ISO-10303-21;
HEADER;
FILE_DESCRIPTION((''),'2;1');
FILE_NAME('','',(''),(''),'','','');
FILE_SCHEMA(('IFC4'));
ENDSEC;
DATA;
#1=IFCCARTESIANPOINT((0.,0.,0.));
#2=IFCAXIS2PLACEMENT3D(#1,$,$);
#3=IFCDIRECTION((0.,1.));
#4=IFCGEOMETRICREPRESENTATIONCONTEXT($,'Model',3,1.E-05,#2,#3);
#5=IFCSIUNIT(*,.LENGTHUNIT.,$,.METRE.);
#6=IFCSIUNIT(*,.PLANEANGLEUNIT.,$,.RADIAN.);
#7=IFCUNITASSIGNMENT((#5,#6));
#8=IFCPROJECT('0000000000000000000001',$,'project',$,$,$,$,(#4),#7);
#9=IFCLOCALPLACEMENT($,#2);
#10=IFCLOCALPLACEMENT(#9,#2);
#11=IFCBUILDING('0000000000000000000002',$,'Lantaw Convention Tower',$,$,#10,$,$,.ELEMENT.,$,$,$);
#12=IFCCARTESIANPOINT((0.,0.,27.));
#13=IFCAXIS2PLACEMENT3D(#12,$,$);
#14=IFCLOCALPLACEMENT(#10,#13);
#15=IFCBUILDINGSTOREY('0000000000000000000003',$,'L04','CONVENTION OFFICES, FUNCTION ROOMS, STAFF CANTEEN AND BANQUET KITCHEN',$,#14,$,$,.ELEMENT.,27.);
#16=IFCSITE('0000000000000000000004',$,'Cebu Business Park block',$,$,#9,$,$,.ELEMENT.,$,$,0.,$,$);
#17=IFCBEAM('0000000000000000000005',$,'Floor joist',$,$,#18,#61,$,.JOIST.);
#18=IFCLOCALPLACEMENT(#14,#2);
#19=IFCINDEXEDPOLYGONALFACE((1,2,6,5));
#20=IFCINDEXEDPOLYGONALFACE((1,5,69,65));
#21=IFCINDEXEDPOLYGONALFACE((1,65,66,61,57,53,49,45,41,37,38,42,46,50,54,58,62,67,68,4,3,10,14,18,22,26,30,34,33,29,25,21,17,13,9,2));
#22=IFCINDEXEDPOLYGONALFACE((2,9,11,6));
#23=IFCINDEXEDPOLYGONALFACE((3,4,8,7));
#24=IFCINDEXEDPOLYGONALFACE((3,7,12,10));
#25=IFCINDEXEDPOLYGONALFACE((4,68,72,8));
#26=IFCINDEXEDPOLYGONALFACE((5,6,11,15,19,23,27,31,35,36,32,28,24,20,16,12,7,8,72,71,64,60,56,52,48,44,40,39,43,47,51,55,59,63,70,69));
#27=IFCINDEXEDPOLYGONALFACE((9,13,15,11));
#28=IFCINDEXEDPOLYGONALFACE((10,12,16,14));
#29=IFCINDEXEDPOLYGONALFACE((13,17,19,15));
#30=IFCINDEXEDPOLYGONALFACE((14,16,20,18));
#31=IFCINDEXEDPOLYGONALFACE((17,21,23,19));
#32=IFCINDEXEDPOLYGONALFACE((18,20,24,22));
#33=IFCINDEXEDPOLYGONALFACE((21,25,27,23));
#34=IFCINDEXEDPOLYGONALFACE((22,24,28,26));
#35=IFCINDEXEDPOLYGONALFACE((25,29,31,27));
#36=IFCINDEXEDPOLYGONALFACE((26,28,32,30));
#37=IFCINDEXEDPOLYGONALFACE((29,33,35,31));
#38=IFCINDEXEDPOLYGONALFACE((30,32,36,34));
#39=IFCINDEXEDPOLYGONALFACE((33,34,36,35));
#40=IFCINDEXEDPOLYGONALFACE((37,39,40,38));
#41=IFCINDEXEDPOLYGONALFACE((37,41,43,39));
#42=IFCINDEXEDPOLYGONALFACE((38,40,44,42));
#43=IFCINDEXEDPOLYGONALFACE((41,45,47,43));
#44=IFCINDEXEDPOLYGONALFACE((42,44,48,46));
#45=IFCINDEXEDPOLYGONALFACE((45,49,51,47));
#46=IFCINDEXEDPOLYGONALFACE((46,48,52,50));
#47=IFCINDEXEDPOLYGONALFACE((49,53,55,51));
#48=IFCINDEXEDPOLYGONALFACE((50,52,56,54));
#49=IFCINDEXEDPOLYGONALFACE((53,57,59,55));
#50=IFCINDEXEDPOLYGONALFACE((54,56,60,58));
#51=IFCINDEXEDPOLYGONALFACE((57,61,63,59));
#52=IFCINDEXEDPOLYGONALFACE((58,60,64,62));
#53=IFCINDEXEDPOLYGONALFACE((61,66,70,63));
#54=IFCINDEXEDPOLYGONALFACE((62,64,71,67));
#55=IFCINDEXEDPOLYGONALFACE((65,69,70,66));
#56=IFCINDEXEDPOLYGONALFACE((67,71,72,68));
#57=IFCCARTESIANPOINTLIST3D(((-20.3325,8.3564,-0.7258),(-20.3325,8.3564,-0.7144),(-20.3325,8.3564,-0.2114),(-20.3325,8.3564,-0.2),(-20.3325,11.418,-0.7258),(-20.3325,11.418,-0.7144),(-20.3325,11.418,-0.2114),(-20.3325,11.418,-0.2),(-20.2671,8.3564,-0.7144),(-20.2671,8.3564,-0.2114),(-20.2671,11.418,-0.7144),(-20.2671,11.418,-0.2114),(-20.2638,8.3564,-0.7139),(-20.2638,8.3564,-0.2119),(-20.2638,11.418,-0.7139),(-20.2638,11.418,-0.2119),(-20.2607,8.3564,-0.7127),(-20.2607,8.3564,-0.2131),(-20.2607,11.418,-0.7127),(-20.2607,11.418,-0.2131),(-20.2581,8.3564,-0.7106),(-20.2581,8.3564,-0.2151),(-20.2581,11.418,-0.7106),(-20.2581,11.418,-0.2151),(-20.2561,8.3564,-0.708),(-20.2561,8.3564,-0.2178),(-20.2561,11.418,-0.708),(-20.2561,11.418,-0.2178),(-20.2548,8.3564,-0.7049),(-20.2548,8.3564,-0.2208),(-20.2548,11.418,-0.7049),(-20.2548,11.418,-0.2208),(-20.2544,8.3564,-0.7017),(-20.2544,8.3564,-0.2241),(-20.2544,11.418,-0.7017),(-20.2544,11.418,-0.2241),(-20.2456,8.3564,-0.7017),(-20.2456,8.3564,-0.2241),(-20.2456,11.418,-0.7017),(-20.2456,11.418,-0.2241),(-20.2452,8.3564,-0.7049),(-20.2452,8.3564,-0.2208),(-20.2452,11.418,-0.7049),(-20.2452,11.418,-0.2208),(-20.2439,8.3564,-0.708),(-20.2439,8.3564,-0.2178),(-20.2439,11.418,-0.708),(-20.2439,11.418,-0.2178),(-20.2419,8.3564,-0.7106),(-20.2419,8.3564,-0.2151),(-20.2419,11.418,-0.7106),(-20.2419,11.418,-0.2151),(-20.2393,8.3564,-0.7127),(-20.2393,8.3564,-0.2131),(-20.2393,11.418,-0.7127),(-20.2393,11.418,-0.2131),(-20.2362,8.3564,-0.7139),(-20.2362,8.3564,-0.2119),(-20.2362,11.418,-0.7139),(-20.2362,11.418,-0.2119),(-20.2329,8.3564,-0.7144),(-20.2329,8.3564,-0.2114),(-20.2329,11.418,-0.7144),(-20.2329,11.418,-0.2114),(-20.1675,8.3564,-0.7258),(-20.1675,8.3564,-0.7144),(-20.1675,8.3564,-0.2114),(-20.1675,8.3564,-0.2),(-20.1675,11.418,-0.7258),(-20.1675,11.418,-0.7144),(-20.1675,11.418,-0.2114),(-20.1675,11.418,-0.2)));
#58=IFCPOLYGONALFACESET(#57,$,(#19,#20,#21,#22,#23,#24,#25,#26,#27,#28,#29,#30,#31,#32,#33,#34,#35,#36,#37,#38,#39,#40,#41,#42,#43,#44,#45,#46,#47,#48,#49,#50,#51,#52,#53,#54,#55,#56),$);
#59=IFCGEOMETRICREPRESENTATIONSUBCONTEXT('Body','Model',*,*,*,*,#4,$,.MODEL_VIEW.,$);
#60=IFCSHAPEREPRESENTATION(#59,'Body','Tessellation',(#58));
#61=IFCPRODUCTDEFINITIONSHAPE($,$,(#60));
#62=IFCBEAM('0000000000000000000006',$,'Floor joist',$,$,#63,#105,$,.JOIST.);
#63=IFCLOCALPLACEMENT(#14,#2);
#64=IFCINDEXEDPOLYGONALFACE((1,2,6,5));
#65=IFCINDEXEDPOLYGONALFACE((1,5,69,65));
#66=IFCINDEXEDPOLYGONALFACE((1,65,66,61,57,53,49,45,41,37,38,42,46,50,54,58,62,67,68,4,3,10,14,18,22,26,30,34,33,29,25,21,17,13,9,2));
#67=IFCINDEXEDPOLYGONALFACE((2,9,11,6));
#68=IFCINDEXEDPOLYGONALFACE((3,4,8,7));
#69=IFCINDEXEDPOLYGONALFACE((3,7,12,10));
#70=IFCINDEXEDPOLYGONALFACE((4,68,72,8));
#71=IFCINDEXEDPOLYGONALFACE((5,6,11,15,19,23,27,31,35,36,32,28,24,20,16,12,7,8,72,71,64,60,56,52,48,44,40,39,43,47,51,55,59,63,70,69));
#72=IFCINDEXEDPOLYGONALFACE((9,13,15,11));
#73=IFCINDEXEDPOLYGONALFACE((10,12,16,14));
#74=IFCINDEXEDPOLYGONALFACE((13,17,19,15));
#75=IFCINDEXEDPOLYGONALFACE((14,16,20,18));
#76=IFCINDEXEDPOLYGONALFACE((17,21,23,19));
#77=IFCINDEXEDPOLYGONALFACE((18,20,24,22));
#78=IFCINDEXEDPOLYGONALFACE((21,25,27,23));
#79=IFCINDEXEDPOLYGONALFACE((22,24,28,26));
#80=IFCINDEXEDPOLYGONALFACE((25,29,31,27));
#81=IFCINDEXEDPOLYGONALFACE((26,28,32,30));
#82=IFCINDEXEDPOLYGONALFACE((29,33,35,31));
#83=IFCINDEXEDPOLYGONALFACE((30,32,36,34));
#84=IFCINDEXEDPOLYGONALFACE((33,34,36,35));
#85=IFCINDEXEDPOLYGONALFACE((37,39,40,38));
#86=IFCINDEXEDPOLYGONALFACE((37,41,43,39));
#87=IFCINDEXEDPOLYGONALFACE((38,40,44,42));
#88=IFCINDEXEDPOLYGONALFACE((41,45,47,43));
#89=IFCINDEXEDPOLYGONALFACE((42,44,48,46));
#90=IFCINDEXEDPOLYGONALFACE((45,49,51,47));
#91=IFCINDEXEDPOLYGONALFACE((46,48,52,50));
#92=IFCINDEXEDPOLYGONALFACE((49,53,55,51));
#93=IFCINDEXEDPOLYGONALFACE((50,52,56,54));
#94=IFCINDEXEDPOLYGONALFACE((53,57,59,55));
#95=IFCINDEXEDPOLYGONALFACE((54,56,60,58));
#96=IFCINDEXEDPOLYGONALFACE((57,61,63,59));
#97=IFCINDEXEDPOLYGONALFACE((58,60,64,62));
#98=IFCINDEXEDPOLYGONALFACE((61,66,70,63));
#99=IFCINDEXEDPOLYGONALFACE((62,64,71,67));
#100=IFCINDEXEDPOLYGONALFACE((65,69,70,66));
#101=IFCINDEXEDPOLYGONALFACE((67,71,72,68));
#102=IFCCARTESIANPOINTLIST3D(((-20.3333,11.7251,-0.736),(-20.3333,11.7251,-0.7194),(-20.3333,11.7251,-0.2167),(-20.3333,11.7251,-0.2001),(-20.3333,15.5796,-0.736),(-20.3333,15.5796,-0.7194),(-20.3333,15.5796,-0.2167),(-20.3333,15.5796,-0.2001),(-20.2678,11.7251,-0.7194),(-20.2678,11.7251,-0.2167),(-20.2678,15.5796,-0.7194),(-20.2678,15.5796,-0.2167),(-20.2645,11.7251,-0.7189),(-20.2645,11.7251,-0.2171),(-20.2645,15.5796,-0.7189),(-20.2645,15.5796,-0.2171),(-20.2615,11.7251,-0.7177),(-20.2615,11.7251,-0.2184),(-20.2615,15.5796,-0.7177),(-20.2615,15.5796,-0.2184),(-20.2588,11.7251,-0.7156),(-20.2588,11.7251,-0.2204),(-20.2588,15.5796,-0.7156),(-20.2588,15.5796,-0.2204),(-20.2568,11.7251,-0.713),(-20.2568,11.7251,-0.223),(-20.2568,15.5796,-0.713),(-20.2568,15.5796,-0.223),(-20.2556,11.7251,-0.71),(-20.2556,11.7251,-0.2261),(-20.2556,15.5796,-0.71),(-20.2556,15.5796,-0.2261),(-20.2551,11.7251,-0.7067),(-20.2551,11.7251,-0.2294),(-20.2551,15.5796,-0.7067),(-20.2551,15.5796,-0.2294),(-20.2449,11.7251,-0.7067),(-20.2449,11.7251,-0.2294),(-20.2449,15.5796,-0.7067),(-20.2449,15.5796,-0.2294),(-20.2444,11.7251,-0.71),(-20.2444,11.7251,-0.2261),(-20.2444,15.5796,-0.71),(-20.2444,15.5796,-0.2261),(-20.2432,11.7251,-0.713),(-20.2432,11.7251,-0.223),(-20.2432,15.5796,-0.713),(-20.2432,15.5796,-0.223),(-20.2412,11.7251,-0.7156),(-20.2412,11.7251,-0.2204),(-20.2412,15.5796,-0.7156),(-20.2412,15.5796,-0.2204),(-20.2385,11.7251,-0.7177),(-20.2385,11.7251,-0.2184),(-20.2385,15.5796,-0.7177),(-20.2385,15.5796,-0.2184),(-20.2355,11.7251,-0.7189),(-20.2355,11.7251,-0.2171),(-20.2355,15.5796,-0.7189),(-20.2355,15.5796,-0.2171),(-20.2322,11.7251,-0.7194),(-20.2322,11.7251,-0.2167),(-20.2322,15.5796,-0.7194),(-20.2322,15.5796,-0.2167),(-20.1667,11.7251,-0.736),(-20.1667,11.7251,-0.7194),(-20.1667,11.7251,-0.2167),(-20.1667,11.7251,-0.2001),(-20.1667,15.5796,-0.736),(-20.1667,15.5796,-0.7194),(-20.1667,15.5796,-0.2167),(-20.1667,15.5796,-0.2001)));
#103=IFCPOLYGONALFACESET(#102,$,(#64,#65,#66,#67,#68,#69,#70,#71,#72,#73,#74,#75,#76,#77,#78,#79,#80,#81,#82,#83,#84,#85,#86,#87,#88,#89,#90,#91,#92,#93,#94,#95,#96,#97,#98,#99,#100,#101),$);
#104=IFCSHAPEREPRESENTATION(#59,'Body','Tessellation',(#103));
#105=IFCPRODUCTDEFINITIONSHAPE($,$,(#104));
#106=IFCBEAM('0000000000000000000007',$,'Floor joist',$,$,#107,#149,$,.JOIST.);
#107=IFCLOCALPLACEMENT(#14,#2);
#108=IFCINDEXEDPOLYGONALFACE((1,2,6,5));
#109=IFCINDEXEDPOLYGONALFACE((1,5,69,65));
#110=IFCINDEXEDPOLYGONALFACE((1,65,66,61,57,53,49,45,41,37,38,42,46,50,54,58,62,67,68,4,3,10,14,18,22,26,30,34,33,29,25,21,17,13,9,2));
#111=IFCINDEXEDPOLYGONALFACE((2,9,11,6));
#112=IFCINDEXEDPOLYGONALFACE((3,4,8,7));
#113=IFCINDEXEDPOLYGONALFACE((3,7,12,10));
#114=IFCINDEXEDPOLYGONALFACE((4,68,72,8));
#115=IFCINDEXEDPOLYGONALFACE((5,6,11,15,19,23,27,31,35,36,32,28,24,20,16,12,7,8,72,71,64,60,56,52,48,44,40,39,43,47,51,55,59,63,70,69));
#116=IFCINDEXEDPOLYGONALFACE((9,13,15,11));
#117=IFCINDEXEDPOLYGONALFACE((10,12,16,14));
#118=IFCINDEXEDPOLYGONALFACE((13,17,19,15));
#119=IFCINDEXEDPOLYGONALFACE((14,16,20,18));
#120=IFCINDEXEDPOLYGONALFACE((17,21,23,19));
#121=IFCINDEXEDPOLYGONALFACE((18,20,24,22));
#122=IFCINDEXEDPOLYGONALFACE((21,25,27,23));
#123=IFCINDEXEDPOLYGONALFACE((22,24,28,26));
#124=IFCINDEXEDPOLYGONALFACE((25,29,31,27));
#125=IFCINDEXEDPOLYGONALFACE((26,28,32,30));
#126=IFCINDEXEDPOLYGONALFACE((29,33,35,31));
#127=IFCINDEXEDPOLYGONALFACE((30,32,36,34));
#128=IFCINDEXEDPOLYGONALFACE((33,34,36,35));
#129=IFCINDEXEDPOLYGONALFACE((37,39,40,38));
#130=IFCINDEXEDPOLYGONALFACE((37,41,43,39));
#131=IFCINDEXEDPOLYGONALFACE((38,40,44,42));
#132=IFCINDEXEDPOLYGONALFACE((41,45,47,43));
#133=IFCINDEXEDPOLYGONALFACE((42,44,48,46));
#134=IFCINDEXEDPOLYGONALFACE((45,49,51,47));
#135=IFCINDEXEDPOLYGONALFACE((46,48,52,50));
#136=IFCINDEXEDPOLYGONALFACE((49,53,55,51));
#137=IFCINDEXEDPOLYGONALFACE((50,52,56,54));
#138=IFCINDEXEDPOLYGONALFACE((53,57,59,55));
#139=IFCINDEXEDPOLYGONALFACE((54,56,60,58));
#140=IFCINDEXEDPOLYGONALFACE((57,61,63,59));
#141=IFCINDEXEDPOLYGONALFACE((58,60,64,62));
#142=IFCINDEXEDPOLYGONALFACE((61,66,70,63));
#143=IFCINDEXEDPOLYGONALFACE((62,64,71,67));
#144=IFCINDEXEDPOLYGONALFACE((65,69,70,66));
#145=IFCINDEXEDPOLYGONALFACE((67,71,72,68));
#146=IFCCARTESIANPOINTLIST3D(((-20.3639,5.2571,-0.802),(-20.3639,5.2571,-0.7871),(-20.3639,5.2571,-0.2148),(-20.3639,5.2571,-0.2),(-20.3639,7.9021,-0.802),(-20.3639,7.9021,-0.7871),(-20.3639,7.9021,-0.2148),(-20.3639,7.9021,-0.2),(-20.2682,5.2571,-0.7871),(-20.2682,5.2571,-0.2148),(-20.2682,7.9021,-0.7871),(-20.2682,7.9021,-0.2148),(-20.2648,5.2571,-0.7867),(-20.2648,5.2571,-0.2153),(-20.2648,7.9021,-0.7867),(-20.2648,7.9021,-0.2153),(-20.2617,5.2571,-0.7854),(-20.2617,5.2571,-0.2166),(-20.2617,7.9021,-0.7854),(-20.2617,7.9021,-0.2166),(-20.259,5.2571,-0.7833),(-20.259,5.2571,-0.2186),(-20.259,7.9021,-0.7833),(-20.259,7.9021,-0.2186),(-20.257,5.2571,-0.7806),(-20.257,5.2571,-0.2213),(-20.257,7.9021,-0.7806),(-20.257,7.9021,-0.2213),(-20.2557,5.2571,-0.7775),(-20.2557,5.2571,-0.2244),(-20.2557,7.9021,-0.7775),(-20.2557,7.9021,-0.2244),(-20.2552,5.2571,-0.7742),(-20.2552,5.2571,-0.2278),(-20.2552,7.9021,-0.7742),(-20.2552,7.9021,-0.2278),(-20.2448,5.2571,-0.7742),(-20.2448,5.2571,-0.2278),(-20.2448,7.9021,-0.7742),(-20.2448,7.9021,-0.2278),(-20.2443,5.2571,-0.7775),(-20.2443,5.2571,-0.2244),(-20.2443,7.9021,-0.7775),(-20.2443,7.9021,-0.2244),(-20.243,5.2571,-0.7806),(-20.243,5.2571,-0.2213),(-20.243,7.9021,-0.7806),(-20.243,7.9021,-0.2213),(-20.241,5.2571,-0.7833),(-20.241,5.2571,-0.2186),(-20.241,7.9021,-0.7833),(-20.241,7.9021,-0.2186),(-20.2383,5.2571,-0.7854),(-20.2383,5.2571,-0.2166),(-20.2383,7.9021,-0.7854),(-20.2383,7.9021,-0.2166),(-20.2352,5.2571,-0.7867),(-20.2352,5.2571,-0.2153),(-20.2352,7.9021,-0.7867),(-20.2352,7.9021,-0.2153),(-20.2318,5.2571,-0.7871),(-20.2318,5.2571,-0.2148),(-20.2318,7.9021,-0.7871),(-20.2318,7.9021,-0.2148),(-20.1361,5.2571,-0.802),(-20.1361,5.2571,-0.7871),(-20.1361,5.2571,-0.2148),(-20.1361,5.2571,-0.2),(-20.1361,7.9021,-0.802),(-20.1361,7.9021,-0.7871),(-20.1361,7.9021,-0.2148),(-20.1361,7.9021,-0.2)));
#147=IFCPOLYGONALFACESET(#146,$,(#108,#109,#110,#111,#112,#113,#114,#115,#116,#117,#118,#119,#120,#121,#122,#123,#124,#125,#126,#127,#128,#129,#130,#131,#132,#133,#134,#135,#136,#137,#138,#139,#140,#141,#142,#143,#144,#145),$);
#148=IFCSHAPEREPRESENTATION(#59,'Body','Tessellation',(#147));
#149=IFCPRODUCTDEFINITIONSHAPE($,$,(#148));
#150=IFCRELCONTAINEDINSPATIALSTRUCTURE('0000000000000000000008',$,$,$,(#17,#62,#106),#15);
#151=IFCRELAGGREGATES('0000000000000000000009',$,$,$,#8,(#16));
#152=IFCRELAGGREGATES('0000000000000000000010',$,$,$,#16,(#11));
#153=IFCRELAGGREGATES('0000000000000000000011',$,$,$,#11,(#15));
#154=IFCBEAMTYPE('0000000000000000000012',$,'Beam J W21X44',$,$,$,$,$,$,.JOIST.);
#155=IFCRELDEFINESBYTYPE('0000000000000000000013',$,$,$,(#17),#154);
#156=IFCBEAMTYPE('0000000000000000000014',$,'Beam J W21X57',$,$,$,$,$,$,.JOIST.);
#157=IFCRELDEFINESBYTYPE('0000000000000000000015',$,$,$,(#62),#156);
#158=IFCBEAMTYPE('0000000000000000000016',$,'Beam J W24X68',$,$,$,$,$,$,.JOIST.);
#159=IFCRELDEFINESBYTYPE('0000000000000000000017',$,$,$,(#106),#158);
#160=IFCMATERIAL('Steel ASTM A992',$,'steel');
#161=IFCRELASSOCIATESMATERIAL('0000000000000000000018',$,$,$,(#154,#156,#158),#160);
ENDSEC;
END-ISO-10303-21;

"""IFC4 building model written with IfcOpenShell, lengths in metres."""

from ifc_helpers import new_model, si_unit, direction, frame, origin, origin_2d, place, context, subcontext, project, spatial, i_section, extrude, material, material_profile, profile_set, type_object, element, save


model = new_model("IFC4")

# Units and contexts
model_context = context("Model", 3, precision=1e-05, world=origin(), true_north=direction((0.0, 1.0)))
body_context = subcontext(model_context, "Body", "Model", "MODEL_VIEW")
ifc_project = project(units=[si_unit("LENGTHUNIT", "METRE"), si_unit("PLANEANGLEUNIT", "RADIAN")], contexts=[model_context])

# Site, building, storey
site_placement = place(None, origin())
site = spatial("IfcSite", under=ifc_project, at=site_placement, Name="Cebu Business Park block", CompositionType="ELEMENT", RefElevation=0.0)
building_placement = place(site_placement, origin())
building = spatial("IfcBuilding", under=site, at=building_placement, Name="Lantaw Convention Tower", CompositionType="ELEMENT")
storey_placement = place(building_placement, frame((0.0, 0.0, 27.0)))
storey = spatial("IfcBuildingStorey", under=building, at=storey_placement, Name="L04", Description="CONVENTION OFFICES, FUNCTION ROOMS, STAFF CANTEEN AND BANQUET KITCHEN", CompositionType="ELEMENT", Elevation=27.0)

# Beams
ifc_material_1 = material(Name="Steel ASTM A992", Category="steel")
ifc_material_profile_1 = material_profile(ifc_material_1, i_section(OverallWidth=0.165, OverallDepth=0.5259, WebThickness=0.0088, FlangeThickness=0.0115, FilletRadius=0.0127, at=origin_2d()), Name="W21X44")
ifc_profile_set_1 = profile_set([ifc_material_profile_1], Name="Steel ASTM A992")
beam_type_1 = type_object("IfcBeamType", Name="Beam J W21X44", PredefinedType="JOIST", material=ifc_profile_set_1)
beam_1_placement = place(storey_placement, frame((-20.25, 8.3564, -0.4629), z_axis=(0.0, 1.0, 0.0), x_axis=(-1.0, 0.0, 0.0)))
element("IfcBeam", 1, at=beam_1_placement, inside=storey, type_object=beam_type_1, Name="Floor joist", PredefinedType="JOIST", context=body_context, shape_type="SweptSolid", body=[
    extrude(i_section(OverallWidth=0.165, OverallDepth=0.5259, WebThickness=0.0088, FlangeThickness=0.0115, FilletRadius=0.0127, at=origin_2d()), origin(), (0.0, 0.0, 1.0), 3.0615),
])
ifc_material_profile_2 = material_profile(ifc_material_1, i_section(OverallWidth=0.1665, OverallDepth=0.5359, WebThickness=0.0103, FlangeThickness=0.0166, FilletRadius=0.0127, at=origin_2d()), Name="W21X57")
ifc_profile_set_2 = profile_set([ifc_material_profile_2], Name="Steel ASTM A992")
beam_type_2 = type_object("IfcBeamType", Name="Beam J W21X57", PredefinedType="JOIST", material=ifc_profile_set_2)
beam_2_placement = place(storey_placement, frame((-20.25, 11.7251, -0.468), z_axis=(0.0, 1.0, 0.0), x_axis=(-1.0, 0.0, 0.0)))
element("IfcBeam", 2, at=beam_2_placement, inside=storey, type_object=beam_type_2, Name="Floor joist", PredefinedType="JOIST", context=body_context, shape_type="SweptSolid", body=[
    extrude(i_section(OverallWidth=0.1665, OverallDepth=0.5359, WebThickness=0.0103, FlangeThickness=0.0166, FilletRadius=0.0127, at=origin_2d()), origin(), (0.0, 0.0, 1.0), 3.8545),
])
ifc_material_profile_3 = material_profile(ifc_material_1, i_section(OverallWidth=0.2278, OverallDepth=0.6021, WebThickness=0.0105, FlangeThickness=0.0149, FilletRadius=0.0129, at=origin_2d()), Name="W24X68")
ifc_profile_set_3 = profile_set([ifc_material_profile_3], Name="Steel ASTM A992")
beam_type_3 = type_object("IfcBeamType", Name="Beam J W24X68", PredefinedType="JOIST", material=ifc_profile_set_3)
beam_3_placement = place(storey_placement, frame((-20.25, 5.2571, -0.501), z_axis=(0.0, 1.0, 0.0), x_axis=(-1.0, 0.0, 0.0)))
element("IfcBeam", 3, at=beam_3_placement, inside=storey, type_object=beam_type_3, Name="Floor joist", PredefinedType="JOIST", context=body_context, shape_type="SweptSolid", body=[
    extrude(i_section(OverallWidth=0.2278, OverallDepth=0.6021, WebThickness=0.0105, FlangeThickness=0.0149, FilletRadius=0.0129, at=origin_2d()), origin(), (0.0, 0.0, 1.0), 2.645),
])

save(model, "model.ifc")
